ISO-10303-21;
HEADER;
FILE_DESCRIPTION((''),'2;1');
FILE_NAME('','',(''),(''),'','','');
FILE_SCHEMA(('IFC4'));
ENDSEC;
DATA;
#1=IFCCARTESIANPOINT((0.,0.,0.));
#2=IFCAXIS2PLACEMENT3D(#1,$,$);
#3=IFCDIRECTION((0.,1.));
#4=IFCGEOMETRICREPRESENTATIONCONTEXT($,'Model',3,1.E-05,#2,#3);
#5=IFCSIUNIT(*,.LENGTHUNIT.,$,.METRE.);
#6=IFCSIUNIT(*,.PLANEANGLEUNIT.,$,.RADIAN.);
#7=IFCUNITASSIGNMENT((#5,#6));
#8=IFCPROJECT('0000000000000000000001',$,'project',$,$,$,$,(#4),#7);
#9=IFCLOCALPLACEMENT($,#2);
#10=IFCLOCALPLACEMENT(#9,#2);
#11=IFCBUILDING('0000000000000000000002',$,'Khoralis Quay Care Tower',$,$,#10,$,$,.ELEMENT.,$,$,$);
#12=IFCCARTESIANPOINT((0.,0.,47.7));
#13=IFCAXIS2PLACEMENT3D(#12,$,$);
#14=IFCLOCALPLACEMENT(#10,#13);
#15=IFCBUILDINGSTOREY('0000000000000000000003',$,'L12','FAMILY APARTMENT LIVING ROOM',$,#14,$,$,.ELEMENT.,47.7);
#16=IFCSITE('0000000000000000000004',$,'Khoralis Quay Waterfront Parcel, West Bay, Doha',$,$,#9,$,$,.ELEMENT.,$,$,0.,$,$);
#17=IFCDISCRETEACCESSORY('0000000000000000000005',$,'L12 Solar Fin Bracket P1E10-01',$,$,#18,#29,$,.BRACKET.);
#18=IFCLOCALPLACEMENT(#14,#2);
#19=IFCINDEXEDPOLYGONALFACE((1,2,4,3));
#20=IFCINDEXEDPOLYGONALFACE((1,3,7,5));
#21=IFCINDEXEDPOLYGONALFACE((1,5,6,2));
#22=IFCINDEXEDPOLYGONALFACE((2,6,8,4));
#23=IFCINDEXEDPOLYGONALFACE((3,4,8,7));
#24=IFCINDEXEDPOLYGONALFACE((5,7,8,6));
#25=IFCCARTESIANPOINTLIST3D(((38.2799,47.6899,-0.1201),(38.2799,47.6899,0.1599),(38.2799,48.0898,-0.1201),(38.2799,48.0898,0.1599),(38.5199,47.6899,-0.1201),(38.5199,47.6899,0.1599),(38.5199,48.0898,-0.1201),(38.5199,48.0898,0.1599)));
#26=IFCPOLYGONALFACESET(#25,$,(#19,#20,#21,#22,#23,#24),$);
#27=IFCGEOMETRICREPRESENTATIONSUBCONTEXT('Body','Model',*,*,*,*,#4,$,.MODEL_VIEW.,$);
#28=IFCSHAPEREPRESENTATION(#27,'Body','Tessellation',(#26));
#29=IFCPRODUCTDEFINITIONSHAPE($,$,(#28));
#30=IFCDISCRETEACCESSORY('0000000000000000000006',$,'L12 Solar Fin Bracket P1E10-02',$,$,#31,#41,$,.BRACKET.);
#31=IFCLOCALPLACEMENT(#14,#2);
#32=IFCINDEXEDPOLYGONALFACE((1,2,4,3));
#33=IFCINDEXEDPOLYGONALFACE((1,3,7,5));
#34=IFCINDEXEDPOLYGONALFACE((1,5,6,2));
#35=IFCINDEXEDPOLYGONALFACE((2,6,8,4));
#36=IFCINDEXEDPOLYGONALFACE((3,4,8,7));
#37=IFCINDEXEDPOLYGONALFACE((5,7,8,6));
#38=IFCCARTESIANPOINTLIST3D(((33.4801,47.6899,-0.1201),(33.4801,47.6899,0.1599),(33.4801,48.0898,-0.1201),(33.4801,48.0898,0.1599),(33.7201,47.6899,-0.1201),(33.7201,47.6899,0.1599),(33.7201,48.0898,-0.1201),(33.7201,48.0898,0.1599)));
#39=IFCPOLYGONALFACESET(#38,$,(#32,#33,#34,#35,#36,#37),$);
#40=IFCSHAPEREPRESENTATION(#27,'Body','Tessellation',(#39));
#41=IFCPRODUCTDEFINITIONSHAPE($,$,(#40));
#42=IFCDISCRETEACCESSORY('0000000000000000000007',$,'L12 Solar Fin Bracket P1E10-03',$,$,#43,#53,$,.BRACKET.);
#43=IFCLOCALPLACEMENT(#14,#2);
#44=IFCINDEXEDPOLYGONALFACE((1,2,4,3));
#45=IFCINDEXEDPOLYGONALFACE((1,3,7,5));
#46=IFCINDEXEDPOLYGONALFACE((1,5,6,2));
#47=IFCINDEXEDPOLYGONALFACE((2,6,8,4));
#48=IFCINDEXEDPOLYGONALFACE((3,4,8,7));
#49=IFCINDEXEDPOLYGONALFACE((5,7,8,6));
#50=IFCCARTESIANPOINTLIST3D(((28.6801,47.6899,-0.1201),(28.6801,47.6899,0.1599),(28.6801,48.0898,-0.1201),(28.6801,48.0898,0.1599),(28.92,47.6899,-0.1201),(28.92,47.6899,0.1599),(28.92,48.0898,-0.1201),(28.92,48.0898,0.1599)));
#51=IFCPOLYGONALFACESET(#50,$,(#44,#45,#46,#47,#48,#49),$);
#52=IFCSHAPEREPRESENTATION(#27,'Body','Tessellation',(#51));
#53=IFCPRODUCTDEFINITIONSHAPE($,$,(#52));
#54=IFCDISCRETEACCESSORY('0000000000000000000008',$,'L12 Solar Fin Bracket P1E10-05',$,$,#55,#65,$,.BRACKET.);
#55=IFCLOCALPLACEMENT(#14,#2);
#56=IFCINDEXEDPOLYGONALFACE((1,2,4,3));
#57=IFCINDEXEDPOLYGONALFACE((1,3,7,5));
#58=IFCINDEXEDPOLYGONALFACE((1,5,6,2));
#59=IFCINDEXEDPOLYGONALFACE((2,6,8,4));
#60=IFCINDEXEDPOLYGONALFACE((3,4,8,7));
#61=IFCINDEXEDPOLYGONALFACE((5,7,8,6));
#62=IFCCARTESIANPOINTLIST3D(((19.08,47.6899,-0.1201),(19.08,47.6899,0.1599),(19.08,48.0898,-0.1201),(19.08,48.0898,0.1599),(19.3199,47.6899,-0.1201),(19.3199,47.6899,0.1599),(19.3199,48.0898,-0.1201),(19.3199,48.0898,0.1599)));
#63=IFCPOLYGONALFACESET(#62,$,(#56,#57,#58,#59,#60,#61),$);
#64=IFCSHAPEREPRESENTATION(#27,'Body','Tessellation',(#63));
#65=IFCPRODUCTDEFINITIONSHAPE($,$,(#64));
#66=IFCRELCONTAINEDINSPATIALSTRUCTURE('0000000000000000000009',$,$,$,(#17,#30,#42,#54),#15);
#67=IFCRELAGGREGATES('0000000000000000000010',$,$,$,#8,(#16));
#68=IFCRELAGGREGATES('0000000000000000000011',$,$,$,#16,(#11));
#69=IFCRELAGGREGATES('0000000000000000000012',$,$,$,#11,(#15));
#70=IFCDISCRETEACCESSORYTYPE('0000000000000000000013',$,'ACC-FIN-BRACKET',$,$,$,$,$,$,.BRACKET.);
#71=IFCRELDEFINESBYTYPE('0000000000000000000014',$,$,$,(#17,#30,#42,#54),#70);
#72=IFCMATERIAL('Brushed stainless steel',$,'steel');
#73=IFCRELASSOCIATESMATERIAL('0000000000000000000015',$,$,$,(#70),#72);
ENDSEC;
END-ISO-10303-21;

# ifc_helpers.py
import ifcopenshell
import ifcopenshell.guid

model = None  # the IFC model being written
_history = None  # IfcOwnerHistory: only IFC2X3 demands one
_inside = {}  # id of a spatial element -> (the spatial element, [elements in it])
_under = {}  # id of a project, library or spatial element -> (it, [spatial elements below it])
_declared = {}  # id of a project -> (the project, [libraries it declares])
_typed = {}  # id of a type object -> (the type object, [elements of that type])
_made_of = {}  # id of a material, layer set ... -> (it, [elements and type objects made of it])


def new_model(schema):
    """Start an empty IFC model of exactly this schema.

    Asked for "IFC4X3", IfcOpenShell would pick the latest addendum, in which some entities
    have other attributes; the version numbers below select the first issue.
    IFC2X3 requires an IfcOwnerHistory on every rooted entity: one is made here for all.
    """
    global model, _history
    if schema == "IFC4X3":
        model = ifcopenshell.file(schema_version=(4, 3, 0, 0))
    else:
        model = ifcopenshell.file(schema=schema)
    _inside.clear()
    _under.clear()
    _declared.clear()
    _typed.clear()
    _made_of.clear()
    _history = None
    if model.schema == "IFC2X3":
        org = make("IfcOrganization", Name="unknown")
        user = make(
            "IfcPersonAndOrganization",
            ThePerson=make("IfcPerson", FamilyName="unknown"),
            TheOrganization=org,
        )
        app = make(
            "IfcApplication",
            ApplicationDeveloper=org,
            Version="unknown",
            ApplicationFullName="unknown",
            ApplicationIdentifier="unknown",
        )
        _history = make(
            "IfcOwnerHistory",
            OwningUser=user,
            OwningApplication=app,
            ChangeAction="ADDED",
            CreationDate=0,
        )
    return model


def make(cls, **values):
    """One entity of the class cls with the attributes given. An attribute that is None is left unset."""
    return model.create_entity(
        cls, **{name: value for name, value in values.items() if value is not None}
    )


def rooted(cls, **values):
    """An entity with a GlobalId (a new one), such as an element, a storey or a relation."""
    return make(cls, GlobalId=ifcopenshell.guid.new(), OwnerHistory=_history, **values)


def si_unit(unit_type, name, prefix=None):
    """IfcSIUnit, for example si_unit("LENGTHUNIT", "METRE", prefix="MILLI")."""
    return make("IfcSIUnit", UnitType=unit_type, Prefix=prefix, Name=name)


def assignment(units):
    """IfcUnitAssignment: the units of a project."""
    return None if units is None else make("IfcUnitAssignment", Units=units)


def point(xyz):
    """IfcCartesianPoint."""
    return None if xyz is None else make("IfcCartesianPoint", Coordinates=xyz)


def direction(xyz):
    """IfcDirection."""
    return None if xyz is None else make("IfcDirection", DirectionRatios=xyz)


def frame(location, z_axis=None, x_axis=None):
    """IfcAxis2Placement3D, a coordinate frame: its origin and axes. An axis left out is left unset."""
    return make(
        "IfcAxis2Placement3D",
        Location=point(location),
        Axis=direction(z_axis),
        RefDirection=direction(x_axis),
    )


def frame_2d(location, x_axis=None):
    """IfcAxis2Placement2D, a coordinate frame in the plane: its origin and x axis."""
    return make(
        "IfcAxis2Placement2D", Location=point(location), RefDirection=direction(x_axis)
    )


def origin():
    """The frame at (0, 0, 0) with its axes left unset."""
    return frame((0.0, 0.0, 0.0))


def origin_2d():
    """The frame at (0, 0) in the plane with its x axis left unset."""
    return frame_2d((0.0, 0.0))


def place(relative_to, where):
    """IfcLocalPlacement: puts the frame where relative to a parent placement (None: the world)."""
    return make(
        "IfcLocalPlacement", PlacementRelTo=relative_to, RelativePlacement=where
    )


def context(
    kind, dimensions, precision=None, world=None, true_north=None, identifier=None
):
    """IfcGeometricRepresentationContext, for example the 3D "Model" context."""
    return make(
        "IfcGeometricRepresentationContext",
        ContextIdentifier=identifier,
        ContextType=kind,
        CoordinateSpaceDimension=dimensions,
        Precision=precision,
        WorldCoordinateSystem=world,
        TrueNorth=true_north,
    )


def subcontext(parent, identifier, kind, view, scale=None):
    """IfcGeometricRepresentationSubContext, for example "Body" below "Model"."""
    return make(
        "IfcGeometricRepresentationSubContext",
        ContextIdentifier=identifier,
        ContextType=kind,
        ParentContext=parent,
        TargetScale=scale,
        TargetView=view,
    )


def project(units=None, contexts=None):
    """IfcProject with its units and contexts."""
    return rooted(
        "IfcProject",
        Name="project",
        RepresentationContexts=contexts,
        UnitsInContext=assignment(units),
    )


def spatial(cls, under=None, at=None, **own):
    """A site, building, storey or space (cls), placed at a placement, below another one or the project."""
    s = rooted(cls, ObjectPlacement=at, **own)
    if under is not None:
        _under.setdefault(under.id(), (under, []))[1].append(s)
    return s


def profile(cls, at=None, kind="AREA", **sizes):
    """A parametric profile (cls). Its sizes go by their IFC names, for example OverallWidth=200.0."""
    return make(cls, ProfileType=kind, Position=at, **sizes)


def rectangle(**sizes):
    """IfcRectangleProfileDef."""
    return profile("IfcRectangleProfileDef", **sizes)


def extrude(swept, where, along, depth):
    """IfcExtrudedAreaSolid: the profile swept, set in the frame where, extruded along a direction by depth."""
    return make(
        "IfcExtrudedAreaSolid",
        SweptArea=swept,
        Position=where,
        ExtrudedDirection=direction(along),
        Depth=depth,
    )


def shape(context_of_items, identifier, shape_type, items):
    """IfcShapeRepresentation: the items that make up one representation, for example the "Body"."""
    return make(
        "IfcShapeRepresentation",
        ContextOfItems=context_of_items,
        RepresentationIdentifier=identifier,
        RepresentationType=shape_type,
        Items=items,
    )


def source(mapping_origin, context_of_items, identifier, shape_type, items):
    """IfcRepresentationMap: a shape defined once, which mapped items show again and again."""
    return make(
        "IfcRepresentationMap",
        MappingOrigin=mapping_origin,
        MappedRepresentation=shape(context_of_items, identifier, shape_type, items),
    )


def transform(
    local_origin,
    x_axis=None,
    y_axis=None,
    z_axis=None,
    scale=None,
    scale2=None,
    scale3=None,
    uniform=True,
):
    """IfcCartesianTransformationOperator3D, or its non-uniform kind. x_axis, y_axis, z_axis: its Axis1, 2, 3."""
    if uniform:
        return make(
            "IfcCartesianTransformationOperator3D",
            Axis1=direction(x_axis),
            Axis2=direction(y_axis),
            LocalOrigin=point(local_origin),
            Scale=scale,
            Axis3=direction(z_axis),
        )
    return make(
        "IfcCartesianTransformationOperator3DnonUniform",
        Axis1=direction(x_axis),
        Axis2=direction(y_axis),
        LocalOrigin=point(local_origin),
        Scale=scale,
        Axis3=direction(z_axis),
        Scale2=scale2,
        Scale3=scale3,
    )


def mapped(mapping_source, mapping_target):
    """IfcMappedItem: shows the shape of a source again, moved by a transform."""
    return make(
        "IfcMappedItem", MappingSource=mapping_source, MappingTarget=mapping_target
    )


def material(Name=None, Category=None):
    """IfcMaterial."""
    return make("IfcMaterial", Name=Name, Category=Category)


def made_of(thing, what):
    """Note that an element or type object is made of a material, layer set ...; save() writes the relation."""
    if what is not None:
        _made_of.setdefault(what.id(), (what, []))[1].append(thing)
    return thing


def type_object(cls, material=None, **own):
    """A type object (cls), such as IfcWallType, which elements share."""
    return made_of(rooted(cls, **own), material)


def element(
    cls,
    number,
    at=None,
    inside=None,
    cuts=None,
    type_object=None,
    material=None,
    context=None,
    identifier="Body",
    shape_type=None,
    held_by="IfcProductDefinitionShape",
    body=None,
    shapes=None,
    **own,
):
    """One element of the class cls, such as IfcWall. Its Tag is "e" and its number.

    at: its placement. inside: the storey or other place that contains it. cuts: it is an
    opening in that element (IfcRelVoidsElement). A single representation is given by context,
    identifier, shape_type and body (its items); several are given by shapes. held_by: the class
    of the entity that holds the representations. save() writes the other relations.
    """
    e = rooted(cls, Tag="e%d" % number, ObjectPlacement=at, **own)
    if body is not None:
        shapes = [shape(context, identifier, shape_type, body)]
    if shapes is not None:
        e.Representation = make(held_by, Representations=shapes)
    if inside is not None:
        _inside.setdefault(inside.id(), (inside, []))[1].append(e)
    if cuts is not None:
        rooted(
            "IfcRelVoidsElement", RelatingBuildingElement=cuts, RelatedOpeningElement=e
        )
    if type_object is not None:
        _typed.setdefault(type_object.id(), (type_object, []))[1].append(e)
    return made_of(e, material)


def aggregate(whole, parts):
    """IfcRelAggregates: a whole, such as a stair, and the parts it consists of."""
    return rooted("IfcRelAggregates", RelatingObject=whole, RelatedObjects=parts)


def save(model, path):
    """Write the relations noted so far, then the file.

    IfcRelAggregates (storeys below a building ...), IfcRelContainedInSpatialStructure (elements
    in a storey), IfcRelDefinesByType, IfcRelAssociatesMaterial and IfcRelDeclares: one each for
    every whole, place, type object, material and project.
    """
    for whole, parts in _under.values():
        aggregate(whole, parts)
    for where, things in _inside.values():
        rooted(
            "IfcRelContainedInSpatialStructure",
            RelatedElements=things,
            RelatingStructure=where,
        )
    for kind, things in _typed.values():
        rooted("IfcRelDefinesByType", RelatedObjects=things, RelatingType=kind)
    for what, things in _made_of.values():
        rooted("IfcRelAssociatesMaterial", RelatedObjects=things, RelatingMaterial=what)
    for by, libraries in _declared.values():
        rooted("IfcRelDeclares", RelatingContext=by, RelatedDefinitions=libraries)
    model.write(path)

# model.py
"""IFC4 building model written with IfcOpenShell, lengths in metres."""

from ifc_helpers import new_model, si_unit, direction, frame, origin, origin_2d, place, context, subcontext, project, spatial, rectangle, extrude, source, transform, mapped, material, type_object, element, save


model = new_model("IFC4")

# Units and contexts
model_context = context("Model", 3, precision=1e-05, world=origin(), true_north=direction((0.0, 1.0)))
body_context = subcontext(model_context, "Body", "Model", "MODEL_VIEW")
ifc_project = project(units=[si_unit("LENGTHUNIT", "METRE"), si_unit("PLANEANGLEUNIT", "RADIAN")], contexts=[model_context])

# Site, building, storey
site_placement = place(None, origin())
site = spatial("IfcSite", under=ifc_project, at=site_placement, Name="Khoralis Quay Waterfront Parcel, West Bay, Doha", CompositionType="ELEMENT", RefElevation=0.0)
building_placement = place(site_placement, origin())
building = spatial("IfcBuilding", under=site, at=building_placement, Name="Khoralis Quay Care Tower", CompositionType="ELEMENT")
storey_placement = place(building_placement, frame((0.0, 0.0, 47.7)))
storey = spatial("IfcBuildingStorey", under=building, at=storey_placement, Name="L12", Description="FAMILY APARTMENT LIVING ROOM", CompositionType="ELEMENT", Elevation=47.7)

# Discrete accessories
ifc_material_1 = material(Name="Brushed stainless steel", Category="steel")
discrete_accessory_type = type_object("IfcDiscreteAccessoryType", Name="ACC-FIN-BRACKET", PredefinedType="BRACKET", material=ifc_material_1)
shared_shape_1 = source(origin(), body_context, "Body", "SweptSolid", [
    extrude(rectangle(XDim=0.3999, YDim=0.24, at=origin_2d()), origin(), (0.0, 0.0, 1.0), 0.28),
])
for number, where, z_axis, x_axis, name in (
    (1, (38.3999, 47.8899, -0.1201), (0.0, 0.0, 1.0), (0.0, 1.0, 0.0), "L12 Solar Fin Bracket P1E10-01"),
    (2, (33.6001, 47.8899, -0.1201), (0.0, 0.0, 1.0), (0.0, 1.0, 0.0), "L12 Solar Fin Bracket P1E10-02"),
    (3, (28.8, 47.8899, -0.1201), (0.0, 0.0, 1.0), (0.0, 1.0, 0.0), "L12 Solar Fin Bracket P1E10-03"),
    (4, (19.2, 47.8899, -0.1201), (0.0, 0.0, 1.0), (0.0, 1.0, 0.0), "L12 Solar Fin Bracket P1E10-05"),
):
    element("IfcDiscreteAccessory", number, at=place(storey_placement, frame(where, z_axis=z_axis, x_axis=x_axis)), inside=storey, type_object=discrete_accessory_type, Name=name, PredefinedType="BRACKET", context=body_context, shape_type="MappedRepresentation", body=[
        mapped(shared_shape_1, transform((0.0, 0.0, 0.0), scale=1.0)),
    ])

save(model, "model.ifc")
